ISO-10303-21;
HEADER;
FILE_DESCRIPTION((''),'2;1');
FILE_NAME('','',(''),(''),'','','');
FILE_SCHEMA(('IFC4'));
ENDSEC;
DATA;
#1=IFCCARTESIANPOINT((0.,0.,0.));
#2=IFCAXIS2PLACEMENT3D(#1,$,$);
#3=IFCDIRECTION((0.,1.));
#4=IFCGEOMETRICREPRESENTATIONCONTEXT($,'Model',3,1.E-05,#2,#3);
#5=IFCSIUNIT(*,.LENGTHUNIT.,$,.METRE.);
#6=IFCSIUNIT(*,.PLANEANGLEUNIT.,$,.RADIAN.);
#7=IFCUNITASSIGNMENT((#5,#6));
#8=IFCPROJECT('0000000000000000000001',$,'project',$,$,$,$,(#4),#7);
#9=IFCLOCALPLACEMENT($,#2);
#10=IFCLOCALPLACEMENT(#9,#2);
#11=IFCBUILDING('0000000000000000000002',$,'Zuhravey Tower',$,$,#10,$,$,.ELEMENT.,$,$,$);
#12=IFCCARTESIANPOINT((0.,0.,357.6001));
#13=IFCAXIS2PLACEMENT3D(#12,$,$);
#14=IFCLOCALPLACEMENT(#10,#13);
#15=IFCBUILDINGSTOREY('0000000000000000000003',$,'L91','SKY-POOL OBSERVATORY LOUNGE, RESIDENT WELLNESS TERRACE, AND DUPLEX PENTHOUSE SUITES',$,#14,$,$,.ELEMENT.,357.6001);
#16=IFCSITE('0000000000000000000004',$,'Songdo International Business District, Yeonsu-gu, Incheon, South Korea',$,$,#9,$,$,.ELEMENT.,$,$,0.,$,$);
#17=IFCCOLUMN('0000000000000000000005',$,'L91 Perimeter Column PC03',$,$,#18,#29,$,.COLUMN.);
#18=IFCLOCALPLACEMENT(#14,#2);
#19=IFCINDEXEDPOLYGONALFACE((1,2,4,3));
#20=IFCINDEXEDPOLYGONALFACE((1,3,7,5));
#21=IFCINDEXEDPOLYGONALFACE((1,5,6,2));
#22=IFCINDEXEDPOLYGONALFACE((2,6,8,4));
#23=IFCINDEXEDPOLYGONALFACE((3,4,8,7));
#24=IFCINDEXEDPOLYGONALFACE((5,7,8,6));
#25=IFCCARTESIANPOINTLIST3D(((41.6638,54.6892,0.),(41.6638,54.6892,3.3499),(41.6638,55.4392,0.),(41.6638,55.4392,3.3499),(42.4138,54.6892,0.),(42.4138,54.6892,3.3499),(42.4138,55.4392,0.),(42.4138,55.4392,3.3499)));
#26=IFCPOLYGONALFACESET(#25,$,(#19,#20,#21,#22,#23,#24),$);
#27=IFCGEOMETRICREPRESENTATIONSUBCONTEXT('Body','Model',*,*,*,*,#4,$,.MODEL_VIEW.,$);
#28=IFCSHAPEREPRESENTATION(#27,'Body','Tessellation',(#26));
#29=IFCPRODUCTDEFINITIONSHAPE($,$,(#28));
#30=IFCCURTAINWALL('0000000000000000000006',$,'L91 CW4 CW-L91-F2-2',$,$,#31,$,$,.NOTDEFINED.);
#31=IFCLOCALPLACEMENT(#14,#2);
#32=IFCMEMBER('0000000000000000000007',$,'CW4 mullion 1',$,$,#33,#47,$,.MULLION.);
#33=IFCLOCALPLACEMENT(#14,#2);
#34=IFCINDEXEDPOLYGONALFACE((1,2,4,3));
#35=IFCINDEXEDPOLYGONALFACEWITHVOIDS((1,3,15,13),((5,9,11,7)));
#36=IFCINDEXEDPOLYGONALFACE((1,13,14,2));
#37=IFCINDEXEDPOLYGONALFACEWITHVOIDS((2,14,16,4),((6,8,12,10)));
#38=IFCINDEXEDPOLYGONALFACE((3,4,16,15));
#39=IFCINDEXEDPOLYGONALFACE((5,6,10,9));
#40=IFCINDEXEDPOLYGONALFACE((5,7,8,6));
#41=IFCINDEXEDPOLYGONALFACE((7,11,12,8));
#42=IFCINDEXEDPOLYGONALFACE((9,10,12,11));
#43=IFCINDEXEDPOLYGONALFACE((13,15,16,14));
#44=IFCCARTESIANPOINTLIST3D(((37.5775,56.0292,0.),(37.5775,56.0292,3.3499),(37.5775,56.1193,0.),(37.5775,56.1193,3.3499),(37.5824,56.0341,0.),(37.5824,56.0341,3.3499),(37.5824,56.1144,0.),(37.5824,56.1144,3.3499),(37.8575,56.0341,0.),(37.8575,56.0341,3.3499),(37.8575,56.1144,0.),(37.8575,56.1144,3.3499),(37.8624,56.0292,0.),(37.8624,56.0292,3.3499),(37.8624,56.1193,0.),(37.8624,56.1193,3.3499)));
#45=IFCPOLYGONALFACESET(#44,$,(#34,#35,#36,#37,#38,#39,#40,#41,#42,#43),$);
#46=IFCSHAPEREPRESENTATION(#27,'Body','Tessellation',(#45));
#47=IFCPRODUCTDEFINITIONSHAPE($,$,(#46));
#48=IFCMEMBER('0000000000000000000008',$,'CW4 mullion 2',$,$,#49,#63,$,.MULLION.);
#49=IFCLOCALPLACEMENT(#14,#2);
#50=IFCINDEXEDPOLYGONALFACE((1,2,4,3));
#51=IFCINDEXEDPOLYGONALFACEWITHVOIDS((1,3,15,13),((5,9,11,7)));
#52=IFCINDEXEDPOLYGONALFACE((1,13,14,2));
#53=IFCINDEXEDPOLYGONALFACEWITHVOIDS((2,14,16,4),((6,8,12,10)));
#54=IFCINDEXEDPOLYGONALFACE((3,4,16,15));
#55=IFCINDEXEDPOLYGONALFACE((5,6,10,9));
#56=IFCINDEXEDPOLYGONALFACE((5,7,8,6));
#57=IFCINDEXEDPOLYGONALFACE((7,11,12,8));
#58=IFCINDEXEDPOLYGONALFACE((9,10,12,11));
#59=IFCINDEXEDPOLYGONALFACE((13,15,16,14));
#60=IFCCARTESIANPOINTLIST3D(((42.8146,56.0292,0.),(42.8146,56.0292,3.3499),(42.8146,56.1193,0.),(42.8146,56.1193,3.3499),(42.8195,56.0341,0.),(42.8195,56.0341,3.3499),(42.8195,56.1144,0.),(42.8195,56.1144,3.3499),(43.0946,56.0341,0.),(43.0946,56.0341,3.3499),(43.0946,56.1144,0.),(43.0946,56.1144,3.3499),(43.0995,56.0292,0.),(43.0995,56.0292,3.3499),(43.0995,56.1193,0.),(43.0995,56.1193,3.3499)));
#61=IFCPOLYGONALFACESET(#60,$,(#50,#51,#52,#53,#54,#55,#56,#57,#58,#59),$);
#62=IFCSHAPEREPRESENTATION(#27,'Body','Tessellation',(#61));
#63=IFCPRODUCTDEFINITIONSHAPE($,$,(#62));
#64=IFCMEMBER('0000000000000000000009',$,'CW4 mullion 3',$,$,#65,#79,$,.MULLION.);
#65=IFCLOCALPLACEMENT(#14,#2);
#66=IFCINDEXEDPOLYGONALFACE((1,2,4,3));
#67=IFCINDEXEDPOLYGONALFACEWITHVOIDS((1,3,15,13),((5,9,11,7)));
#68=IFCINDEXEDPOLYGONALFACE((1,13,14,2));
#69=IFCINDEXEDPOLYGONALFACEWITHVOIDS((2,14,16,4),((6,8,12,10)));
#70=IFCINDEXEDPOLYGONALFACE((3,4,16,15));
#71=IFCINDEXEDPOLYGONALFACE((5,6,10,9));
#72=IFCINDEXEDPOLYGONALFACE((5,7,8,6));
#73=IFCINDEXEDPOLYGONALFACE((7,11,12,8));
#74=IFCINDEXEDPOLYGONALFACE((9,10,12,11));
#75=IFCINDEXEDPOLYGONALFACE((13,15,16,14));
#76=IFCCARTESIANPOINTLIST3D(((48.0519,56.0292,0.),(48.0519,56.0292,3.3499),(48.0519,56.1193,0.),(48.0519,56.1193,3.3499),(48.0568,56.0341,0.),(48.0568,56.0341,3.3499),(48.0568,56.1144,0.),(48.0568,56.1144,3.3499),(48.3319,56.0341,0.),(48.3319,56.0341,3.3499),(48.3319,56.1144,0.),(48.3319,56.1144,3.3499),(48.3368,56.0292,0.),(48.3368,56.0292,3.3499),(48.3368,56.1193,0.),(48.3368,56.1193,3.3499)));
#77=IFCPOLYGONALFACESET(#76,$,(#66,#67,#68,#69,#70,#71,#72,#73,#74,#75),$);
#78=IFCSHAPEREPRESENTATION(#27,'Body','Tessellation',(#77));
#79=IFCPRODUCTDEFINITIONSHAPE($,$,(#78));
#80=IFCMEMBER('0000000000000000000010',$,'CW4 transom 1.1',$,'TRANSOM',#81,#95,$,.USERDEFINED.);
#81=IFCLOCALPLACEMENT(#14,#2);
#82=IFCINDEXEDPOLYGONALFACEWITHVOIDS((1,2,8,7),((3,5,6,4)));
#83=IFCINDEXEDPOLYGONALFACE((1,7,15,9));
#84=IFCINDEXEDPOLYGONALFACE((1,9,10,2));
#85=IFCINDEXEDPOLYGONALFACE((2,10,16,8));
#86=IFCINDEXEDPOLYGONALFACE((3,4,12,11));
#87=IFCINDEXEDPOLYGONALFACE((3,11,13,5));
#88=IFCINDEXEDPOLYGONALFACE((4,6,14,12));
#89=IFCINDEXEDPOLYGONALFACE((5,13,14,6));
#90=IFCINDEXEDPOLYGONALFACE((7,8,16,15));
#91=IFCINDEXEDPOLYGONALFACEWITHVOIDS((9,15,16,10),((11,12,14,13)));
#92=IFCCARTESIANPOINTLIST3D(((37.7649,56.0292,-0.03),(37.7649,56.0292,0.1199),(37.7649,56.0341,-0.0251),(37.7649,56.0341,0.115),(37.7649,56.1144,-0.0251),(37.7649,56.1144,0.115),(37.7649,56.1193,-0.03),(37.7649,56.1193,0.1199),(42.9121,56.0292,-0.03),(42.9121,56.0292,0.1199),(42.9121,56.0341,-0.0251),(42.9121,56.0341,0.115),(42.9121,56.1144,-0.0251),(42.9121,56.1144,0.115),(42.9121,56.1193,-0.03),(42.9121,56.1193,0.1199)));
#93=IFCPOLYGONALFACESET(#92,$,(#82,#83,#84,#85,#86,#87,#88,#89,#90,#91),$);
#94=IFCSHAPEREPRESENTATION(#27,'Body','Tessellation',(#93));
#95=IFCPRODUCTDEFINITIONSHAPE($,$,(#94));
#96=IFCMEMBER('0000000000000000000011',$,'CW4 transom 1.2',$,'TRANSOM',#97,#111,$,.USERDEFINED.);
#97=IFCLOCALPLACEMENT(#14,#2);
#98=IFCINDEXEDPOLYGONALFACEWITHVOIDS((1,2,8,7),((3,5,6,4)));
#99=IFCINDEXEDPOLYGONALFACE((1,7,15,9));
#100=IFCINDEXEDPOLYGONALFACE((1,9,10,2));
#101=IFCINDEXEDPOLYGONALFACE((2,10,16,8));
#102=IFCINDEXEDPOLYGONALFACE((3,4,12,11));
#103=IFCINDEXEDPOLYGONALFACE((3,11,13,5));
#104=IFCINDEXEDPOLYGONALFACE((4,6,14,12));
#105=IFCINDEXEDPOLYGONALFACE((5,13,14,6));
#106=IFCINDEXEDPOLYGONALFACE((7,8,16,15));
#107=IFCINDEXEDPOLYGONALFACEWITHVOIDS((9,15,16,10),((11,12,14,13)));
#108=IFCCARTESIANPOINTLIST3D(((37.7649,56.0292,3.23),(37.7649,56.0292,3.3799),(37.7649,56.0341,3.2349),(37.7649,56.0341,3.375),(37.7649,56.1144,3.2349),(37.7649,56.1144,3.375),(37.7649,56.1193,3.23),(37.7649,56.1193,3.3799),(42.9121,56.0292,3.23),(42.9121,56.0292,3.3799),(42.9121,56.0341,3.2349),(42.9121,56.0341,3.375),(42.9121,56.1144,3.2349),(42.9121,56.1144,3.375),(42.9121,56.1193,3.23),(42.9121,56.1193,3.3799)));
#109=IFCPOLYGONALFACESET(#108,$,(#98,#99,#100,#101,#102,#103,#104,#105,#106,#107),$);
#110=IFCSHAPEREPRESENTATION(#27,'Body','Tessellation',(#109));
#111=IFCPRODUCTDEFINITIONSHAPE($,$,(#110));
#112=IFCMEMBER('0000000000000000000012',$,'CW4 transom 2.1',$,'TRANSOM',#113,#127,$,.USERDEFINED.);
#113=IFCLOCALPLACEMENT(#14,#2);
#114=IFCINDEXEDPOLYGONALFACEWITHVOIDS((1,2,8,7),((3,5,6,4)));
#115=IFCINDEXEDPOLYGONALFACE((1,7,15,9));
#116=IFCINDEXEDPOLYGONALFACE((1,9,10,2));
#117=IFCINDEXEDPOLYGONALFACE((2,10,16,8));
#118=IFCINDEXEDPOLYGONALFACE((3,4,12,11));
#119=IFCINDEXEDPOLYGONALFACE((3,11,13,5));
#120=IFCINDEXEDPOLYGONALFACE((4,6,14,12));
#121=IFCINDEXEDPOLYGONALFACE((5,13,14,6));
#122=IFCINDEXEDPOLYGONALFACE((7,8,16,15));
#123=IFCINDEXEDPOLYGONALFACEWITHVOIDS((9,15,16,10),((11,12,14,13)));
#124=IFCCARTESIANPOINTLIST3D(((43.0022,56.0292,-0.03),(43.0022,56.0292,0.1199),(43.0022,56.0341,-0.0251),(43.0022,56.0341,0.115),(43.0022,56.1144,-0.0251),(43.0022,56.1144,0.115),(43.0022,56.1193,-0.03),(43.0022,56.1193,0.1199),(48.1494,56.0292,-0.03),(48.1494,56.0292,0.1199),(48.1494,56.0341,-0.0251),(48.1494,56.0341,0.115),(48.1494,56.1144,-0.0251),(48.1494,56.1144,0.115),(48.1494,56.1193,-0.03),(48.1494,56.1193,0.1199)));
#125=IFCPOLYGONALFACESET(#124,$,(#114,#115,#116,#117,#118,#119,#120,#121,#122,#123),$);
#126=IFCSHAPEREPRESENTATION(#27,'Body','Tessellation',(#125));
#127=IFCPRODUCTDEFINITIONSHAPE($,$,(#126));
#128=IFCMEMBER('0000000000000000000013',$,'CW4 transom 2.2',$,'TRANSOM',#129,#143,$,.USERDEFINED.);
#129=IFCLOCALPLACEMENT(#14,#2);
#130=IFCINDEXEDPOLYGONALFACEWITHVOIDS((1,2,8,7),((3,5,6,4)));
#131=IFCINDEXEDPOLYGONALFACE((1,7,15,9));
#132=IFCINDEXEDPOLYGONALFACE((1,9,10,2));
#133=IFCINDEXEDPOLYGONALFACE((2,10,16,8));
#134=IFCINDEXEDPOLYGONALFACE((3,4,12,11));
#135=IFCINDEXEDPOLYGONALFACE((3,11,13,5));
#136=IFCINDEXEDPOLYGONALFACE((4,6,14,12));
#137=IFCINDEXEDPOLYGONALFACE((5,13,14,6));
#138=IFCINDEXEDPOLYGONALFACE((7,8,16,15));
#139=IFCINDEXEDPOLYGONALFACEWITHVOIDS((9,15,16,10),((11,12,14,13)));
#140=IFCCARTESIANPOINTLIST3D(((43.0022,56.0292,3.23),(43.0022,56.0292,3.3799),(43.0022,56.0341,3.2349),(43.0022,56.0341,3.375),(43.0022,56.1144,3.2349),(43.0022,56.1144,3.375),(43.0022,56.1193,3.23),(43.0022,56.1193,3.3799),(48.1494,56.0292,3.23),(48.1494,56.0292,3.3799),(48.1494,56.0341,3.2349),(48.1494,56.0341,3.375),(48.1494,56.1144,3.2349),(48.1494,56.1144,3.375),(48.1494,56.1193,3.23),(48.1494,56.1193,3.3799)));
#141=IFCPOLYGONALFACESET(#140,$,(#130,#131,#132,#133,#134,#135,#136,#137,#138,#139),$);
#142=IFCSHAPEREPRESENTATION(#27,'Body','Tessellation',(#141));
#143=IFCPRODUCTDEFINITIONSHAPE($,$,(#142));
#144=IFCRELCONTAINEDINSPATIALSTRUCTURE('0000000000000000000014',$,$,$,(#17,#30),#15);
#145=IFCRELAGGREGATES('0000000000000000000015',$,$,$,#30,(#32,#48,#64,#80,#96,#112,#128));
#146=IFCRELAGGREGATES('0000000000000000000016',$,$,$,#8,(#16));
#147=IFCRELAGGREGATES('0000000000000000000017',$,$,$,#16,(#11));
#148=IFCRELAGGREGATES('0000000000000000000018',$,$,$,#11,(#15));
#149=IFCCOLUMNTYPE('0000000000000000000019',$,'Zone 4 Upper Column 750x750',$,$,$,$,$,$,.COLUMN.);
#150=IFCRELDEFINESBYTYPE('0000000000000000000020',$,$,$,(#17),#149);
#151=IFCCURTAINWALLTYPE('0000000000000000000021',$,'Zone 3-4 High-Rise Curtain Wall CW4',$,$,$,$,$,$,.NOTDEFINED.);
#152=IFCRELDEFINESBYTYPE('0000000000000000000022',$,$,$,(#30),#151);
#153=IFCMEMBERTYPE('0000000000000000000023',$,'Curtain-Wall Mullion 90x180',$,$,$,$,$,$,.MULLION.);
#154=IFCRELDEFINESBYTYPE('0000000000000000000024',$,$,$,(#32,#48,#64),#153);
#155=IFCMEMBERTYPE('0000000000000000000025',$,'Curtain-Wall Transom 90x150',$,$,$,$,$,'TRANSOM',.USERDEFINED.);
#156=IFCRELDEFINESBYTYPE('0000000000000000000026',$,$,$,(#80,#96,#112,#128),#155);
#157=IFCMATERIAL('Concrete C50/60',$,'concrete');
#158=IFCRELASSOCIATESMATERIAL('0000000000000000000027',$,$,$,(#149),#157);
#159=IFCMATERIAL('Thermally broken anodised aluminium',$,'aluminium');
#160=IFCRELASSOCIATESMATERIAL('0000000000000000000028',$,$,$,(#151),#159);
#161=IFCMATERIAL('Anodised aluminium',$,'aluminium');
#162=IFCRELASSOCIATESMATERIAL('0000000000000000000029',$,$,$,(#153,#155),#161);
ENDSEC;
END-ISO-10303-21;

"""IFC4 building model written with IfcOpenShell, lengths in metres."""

from ifc_helpers import new_model, si_unit, direction, frame, origin, origin_2d, place, context, subcontext, project, spatial, rectangle, hollow_rectangle, extrude, material, material_profile, profile_set, type_object, element, aggregate, save


model = new_model("IFC4")

# Units and contexts
model_context = context("Model", 3, precision=1e-05, world=origin(), true_north=direction((0.0, 1.0)))
body_context = subcontext(model_context, "Body", "Model", "MODEL_VIEW")
ifc_project = project(units=[si_unit("LENGTHUNIT", "METRE"), si_unit("PLANEANGLEUNIT", "RADIAN")], contexts=[model_context])

# Site, building, storey
site_placement = place(None, origin())
site = spatial("IfcSite", under=ifc_project, at=site_placement, Name="Songdo International Business District, Yeonsu-gu, Incheon, South Korea", CompositionType="ELEMENT", RefElevation=0.0)
building_placement = place(site_placement, origin())
building = spatial("IfcBuilding", under=site, at=building_placement, Name="Zuhravey Tower", CompositionType="ELEMENT")
storey_placement = place(building_placement, frame((0.0, 0.0, 357.6001)))
storey = spatial("IfcBuildingStorey", under=building, at=storey_placement, Name="L91", Description="SKY-POOL OBSERVATORY LOUNGE, RESIDENT WELLNESS TERRACE, AND DUPLEX PENTHOUSE SUITES", CompositionType="ELEMENT", Elevation=357.6001)

# Column
ifc_material_1 = material(Name="Concrete C50/60", Category="concrete")
ifc_material_profile_1 = material_profile(ifc_material_1, rectangle(XDim=0.75, YDim=0.75, at=origin_2d()), Name="RC-750x750")
ifc_profile_set_1 = profile_set([ifc_material_profile_1], Name="Concrete C50/60")
column_type = type_object("IfcColumnType", Name="Zone 4 Upper Column 750x750", PredefinedType="COLUMN", material=ifc_profile_set_1)
column_placement = place(storey_placement, frame((42.0388, 55.0642, 0.0), z_axis=(0.0, 0.0, 1.0), x_axis=(-1.0, 0.0, 0.0)))
element("IfcColumn", 1, at=column_placement, inside=storey, type_object=column_type, Name="L91 Perimeter Column PC03", PredefinedType="COLUMN", context=body_context, shape_type="SweptSolid", body=[
    extrude(rectangle(XDim=0.75, YDim=0.75, at=origin_2d()), origin(), (0.0, 0.0, 1.0), 3.3499),
])

# Curtain wall, members
ifc_material_2 = material(Name="Thermally broken anodised aluminium", Category="aluminium")
curtain_wall_type = type_object("IfcCurtainWallType", Name="Zone 3-4 High-Rise Curtain Wall CW4", PredefinedType="NOTDEFINED", material=ifc_material_2)
curtain_wall_placement = place(storey_placement, origin())
curtain_wall = element("IfcCurtainWall", 2, at=curtain_wall_placement, inside=storey, type_object=curtain_wall_type, Name="L91 CW4 CW-L91-F2-2", PredefinedType="NOTDEFINED")
ifc_material_3 = material(Name="Anodised aluminium", Category="aluminium")
ifc_material_profile_2 = material_profile(ifc_material_3, hollow_rectangle(XDim=0.0901, YDim=0.2849, WallThickness=0.0049, at=origin_2d()), Name="ALU-RHS-90x285x5")
ifc_profile_set_2 = profile_set([ifc_material_profile_2], Name="Anodised aluminium")
member_type_1 = type_object("IfcMemberType", Name="Curtain-Wall Mullion 90x180", PredefinedType="MULLION", material=ifc_profile_set_2)
member_1_placement = place(storey_placement, frame((37.72, 56.0742, 0.0), z_axis=(0.0, 0.0, 1.0), x_axis=(0.0, 1.0, 0.0)))
member_1 = element("IfcMember", 3, at=member_1_placement, type_object=member_type_1, Name="CW4 mullion 1", PredefinedType="MULLION", context=body_context, shape_type="SweptSolid", body=[
    extrude(hollow_rectangle(XDim=0.0901, YDim=0.2849, WallThickness=0.0049, at=origin_2d()), origin(), (0.0, 0.0, 1.0), 3.3499),
])
member_2_placement = place(storey_placement, frame((42.957, 56.0742, 0.0), z_axis=(0.0, 0.0, 1.0), x_axis=(0.0, 1.0, 0.0)))
member_2 = element("IfcMember", 4, at=member_2_placement, type_object=member_type_1, Name="CW4 mullion 2", PredefinedType="MULLION", context=body_context, shape_type="SweptSolid", body=[
    extrude(hollow_rectangle(XDim=0.0901, YDim=0.2849, WallThickness=0.0049, at=origin_2d()), origin(), (0.0, 0.0, 1.0), 3.3499),
])
member_3_placement = place(storey_placement, frame((48.1943, 56.0742, 0.0), z_axis=(0.0, 0.0, 1.0), x_axis=(0.0, 1.0, 0.0)))
member_3 = element("IfcMember", 5, at=member_3_placement, type_object=member_type_1, Name="CW4 mullion 3", PredefinedType="MULLION", context=body_context, shape_type="SweptSolid", body=[
    extrude(hollow_rectangle(XDim=0.0901, YDim=0.2849, WallThickness=0.0049, at=origin_2d()), origin(), (0.0, 0.0, 1.0), 3.3499),
])
ifc_material_profile_3 = material_profile(ifc_material_3, hollow_rectangle(XDim=0.0901, YDim=0.1499, WallThickness=0.0049, at=origin_2d()), Name="ALU-RHS-90x150x5")
ifc_profile_set_3 = profile_set([ifc_material_profile_3], Name="Anodised aluminium")
member_type_2 = type_object("IfcMemberType", Name="Curtain-Wall Transom 90x150", ElementType="TRANSOM", PredefinedType="USERDEFINED", material=ifc_profile_set_3)
member_4_placement = place(storey_placement, frame((37.7649, 56.0742, 0.0449), z_axis=(1.0, 0.0, 0.0), x_axis=(0.0, 1.0, 0.0)))
member_4 = element("IfcMember", 6, at=member_4_placement, type_object=member_type_2, Name="CW4 transom 1.1", ObjectType="TRANSOM", PredefinedType="USERDEFINED", context=body_context, shape_type="SweptSolid", body=[
    extrude(hollow_rectangle(XDim=0.0901, YDim=0.1499, WallThickness=0.0049, at=origin_2d()), origin(), (0.0, 0.0, 1.0), 5.1472),
])
member_5_placement = place(storey_placement, frame((37.7649, 56.0742, 3.3049), z_axis=(1.0, 0.0, 0.0), x_axis=(0.0, 1.0, 0.0)))
member_5 = element("IfcMember", 7, at=member_5_placement, type_object=member_type_2, Name="CW4 transom 1.2", ObjectType="TRANSOM", PredefinedType="USERDEFINED", context=body_context, shape_type="SweptSolid", body=[
    extrude(hollow_rectangle(XDim=0.0901, YDim=0.1499, WallThickness=0.0049, at=origin_2d()), origin(), (0.0, 0.0, 1.0), 5.1472),
])
member_6_placement = place(storey_placement, frame((43.0022, 56.0742, 0.0449), z_axis=(1.0, 0.0, 0.0), x_axis=(0.0, 1.0, 0.0)))
member_6 = element("IfcMember", 8, at=member_6_placement, type_object=member_type_2, Name="CW4 transom 2.1", ObjectType="TRANSOM", PredefinedType="USERDEFINED", context=body_context, shape_type="SweptSolid", body=[
    extrude(hollow_rectangle(XDim=0.0901, YDim=0.1499, WallThickness=0.0049, at=origin_2d()), origin(), (0.0, 0.0, 1.0), 5.1472),
])
member_7_placement = place(storey_placement, frame((43.0022, 56.0742, 3.3049), z_axis=(1.0, 0.0, 0.0), x_axis=(0.0, 1.0, 0.0)))
member_7 = element("IfcMember", 9, at=member_7_placement, type_object=member_type_2, Name="CW4 transom 2.2", ObjectType="TRANSOM", PredefinedType="USERDEFINED", context=body_context, shape_type="SweptSolid", body=[
    extrude(hollow_rectangle(XDim=0.0901, YDim=0.1499, WallThickness=0.0049, at=origin_2d()), origin(), (0.0, 0.0, 1.0), 5.1472),
])

aggregate(curtain_wall, [member_1, member_2, member_3, member_4, member_5, member_6, member_7])

save(model, "model.ifc")
